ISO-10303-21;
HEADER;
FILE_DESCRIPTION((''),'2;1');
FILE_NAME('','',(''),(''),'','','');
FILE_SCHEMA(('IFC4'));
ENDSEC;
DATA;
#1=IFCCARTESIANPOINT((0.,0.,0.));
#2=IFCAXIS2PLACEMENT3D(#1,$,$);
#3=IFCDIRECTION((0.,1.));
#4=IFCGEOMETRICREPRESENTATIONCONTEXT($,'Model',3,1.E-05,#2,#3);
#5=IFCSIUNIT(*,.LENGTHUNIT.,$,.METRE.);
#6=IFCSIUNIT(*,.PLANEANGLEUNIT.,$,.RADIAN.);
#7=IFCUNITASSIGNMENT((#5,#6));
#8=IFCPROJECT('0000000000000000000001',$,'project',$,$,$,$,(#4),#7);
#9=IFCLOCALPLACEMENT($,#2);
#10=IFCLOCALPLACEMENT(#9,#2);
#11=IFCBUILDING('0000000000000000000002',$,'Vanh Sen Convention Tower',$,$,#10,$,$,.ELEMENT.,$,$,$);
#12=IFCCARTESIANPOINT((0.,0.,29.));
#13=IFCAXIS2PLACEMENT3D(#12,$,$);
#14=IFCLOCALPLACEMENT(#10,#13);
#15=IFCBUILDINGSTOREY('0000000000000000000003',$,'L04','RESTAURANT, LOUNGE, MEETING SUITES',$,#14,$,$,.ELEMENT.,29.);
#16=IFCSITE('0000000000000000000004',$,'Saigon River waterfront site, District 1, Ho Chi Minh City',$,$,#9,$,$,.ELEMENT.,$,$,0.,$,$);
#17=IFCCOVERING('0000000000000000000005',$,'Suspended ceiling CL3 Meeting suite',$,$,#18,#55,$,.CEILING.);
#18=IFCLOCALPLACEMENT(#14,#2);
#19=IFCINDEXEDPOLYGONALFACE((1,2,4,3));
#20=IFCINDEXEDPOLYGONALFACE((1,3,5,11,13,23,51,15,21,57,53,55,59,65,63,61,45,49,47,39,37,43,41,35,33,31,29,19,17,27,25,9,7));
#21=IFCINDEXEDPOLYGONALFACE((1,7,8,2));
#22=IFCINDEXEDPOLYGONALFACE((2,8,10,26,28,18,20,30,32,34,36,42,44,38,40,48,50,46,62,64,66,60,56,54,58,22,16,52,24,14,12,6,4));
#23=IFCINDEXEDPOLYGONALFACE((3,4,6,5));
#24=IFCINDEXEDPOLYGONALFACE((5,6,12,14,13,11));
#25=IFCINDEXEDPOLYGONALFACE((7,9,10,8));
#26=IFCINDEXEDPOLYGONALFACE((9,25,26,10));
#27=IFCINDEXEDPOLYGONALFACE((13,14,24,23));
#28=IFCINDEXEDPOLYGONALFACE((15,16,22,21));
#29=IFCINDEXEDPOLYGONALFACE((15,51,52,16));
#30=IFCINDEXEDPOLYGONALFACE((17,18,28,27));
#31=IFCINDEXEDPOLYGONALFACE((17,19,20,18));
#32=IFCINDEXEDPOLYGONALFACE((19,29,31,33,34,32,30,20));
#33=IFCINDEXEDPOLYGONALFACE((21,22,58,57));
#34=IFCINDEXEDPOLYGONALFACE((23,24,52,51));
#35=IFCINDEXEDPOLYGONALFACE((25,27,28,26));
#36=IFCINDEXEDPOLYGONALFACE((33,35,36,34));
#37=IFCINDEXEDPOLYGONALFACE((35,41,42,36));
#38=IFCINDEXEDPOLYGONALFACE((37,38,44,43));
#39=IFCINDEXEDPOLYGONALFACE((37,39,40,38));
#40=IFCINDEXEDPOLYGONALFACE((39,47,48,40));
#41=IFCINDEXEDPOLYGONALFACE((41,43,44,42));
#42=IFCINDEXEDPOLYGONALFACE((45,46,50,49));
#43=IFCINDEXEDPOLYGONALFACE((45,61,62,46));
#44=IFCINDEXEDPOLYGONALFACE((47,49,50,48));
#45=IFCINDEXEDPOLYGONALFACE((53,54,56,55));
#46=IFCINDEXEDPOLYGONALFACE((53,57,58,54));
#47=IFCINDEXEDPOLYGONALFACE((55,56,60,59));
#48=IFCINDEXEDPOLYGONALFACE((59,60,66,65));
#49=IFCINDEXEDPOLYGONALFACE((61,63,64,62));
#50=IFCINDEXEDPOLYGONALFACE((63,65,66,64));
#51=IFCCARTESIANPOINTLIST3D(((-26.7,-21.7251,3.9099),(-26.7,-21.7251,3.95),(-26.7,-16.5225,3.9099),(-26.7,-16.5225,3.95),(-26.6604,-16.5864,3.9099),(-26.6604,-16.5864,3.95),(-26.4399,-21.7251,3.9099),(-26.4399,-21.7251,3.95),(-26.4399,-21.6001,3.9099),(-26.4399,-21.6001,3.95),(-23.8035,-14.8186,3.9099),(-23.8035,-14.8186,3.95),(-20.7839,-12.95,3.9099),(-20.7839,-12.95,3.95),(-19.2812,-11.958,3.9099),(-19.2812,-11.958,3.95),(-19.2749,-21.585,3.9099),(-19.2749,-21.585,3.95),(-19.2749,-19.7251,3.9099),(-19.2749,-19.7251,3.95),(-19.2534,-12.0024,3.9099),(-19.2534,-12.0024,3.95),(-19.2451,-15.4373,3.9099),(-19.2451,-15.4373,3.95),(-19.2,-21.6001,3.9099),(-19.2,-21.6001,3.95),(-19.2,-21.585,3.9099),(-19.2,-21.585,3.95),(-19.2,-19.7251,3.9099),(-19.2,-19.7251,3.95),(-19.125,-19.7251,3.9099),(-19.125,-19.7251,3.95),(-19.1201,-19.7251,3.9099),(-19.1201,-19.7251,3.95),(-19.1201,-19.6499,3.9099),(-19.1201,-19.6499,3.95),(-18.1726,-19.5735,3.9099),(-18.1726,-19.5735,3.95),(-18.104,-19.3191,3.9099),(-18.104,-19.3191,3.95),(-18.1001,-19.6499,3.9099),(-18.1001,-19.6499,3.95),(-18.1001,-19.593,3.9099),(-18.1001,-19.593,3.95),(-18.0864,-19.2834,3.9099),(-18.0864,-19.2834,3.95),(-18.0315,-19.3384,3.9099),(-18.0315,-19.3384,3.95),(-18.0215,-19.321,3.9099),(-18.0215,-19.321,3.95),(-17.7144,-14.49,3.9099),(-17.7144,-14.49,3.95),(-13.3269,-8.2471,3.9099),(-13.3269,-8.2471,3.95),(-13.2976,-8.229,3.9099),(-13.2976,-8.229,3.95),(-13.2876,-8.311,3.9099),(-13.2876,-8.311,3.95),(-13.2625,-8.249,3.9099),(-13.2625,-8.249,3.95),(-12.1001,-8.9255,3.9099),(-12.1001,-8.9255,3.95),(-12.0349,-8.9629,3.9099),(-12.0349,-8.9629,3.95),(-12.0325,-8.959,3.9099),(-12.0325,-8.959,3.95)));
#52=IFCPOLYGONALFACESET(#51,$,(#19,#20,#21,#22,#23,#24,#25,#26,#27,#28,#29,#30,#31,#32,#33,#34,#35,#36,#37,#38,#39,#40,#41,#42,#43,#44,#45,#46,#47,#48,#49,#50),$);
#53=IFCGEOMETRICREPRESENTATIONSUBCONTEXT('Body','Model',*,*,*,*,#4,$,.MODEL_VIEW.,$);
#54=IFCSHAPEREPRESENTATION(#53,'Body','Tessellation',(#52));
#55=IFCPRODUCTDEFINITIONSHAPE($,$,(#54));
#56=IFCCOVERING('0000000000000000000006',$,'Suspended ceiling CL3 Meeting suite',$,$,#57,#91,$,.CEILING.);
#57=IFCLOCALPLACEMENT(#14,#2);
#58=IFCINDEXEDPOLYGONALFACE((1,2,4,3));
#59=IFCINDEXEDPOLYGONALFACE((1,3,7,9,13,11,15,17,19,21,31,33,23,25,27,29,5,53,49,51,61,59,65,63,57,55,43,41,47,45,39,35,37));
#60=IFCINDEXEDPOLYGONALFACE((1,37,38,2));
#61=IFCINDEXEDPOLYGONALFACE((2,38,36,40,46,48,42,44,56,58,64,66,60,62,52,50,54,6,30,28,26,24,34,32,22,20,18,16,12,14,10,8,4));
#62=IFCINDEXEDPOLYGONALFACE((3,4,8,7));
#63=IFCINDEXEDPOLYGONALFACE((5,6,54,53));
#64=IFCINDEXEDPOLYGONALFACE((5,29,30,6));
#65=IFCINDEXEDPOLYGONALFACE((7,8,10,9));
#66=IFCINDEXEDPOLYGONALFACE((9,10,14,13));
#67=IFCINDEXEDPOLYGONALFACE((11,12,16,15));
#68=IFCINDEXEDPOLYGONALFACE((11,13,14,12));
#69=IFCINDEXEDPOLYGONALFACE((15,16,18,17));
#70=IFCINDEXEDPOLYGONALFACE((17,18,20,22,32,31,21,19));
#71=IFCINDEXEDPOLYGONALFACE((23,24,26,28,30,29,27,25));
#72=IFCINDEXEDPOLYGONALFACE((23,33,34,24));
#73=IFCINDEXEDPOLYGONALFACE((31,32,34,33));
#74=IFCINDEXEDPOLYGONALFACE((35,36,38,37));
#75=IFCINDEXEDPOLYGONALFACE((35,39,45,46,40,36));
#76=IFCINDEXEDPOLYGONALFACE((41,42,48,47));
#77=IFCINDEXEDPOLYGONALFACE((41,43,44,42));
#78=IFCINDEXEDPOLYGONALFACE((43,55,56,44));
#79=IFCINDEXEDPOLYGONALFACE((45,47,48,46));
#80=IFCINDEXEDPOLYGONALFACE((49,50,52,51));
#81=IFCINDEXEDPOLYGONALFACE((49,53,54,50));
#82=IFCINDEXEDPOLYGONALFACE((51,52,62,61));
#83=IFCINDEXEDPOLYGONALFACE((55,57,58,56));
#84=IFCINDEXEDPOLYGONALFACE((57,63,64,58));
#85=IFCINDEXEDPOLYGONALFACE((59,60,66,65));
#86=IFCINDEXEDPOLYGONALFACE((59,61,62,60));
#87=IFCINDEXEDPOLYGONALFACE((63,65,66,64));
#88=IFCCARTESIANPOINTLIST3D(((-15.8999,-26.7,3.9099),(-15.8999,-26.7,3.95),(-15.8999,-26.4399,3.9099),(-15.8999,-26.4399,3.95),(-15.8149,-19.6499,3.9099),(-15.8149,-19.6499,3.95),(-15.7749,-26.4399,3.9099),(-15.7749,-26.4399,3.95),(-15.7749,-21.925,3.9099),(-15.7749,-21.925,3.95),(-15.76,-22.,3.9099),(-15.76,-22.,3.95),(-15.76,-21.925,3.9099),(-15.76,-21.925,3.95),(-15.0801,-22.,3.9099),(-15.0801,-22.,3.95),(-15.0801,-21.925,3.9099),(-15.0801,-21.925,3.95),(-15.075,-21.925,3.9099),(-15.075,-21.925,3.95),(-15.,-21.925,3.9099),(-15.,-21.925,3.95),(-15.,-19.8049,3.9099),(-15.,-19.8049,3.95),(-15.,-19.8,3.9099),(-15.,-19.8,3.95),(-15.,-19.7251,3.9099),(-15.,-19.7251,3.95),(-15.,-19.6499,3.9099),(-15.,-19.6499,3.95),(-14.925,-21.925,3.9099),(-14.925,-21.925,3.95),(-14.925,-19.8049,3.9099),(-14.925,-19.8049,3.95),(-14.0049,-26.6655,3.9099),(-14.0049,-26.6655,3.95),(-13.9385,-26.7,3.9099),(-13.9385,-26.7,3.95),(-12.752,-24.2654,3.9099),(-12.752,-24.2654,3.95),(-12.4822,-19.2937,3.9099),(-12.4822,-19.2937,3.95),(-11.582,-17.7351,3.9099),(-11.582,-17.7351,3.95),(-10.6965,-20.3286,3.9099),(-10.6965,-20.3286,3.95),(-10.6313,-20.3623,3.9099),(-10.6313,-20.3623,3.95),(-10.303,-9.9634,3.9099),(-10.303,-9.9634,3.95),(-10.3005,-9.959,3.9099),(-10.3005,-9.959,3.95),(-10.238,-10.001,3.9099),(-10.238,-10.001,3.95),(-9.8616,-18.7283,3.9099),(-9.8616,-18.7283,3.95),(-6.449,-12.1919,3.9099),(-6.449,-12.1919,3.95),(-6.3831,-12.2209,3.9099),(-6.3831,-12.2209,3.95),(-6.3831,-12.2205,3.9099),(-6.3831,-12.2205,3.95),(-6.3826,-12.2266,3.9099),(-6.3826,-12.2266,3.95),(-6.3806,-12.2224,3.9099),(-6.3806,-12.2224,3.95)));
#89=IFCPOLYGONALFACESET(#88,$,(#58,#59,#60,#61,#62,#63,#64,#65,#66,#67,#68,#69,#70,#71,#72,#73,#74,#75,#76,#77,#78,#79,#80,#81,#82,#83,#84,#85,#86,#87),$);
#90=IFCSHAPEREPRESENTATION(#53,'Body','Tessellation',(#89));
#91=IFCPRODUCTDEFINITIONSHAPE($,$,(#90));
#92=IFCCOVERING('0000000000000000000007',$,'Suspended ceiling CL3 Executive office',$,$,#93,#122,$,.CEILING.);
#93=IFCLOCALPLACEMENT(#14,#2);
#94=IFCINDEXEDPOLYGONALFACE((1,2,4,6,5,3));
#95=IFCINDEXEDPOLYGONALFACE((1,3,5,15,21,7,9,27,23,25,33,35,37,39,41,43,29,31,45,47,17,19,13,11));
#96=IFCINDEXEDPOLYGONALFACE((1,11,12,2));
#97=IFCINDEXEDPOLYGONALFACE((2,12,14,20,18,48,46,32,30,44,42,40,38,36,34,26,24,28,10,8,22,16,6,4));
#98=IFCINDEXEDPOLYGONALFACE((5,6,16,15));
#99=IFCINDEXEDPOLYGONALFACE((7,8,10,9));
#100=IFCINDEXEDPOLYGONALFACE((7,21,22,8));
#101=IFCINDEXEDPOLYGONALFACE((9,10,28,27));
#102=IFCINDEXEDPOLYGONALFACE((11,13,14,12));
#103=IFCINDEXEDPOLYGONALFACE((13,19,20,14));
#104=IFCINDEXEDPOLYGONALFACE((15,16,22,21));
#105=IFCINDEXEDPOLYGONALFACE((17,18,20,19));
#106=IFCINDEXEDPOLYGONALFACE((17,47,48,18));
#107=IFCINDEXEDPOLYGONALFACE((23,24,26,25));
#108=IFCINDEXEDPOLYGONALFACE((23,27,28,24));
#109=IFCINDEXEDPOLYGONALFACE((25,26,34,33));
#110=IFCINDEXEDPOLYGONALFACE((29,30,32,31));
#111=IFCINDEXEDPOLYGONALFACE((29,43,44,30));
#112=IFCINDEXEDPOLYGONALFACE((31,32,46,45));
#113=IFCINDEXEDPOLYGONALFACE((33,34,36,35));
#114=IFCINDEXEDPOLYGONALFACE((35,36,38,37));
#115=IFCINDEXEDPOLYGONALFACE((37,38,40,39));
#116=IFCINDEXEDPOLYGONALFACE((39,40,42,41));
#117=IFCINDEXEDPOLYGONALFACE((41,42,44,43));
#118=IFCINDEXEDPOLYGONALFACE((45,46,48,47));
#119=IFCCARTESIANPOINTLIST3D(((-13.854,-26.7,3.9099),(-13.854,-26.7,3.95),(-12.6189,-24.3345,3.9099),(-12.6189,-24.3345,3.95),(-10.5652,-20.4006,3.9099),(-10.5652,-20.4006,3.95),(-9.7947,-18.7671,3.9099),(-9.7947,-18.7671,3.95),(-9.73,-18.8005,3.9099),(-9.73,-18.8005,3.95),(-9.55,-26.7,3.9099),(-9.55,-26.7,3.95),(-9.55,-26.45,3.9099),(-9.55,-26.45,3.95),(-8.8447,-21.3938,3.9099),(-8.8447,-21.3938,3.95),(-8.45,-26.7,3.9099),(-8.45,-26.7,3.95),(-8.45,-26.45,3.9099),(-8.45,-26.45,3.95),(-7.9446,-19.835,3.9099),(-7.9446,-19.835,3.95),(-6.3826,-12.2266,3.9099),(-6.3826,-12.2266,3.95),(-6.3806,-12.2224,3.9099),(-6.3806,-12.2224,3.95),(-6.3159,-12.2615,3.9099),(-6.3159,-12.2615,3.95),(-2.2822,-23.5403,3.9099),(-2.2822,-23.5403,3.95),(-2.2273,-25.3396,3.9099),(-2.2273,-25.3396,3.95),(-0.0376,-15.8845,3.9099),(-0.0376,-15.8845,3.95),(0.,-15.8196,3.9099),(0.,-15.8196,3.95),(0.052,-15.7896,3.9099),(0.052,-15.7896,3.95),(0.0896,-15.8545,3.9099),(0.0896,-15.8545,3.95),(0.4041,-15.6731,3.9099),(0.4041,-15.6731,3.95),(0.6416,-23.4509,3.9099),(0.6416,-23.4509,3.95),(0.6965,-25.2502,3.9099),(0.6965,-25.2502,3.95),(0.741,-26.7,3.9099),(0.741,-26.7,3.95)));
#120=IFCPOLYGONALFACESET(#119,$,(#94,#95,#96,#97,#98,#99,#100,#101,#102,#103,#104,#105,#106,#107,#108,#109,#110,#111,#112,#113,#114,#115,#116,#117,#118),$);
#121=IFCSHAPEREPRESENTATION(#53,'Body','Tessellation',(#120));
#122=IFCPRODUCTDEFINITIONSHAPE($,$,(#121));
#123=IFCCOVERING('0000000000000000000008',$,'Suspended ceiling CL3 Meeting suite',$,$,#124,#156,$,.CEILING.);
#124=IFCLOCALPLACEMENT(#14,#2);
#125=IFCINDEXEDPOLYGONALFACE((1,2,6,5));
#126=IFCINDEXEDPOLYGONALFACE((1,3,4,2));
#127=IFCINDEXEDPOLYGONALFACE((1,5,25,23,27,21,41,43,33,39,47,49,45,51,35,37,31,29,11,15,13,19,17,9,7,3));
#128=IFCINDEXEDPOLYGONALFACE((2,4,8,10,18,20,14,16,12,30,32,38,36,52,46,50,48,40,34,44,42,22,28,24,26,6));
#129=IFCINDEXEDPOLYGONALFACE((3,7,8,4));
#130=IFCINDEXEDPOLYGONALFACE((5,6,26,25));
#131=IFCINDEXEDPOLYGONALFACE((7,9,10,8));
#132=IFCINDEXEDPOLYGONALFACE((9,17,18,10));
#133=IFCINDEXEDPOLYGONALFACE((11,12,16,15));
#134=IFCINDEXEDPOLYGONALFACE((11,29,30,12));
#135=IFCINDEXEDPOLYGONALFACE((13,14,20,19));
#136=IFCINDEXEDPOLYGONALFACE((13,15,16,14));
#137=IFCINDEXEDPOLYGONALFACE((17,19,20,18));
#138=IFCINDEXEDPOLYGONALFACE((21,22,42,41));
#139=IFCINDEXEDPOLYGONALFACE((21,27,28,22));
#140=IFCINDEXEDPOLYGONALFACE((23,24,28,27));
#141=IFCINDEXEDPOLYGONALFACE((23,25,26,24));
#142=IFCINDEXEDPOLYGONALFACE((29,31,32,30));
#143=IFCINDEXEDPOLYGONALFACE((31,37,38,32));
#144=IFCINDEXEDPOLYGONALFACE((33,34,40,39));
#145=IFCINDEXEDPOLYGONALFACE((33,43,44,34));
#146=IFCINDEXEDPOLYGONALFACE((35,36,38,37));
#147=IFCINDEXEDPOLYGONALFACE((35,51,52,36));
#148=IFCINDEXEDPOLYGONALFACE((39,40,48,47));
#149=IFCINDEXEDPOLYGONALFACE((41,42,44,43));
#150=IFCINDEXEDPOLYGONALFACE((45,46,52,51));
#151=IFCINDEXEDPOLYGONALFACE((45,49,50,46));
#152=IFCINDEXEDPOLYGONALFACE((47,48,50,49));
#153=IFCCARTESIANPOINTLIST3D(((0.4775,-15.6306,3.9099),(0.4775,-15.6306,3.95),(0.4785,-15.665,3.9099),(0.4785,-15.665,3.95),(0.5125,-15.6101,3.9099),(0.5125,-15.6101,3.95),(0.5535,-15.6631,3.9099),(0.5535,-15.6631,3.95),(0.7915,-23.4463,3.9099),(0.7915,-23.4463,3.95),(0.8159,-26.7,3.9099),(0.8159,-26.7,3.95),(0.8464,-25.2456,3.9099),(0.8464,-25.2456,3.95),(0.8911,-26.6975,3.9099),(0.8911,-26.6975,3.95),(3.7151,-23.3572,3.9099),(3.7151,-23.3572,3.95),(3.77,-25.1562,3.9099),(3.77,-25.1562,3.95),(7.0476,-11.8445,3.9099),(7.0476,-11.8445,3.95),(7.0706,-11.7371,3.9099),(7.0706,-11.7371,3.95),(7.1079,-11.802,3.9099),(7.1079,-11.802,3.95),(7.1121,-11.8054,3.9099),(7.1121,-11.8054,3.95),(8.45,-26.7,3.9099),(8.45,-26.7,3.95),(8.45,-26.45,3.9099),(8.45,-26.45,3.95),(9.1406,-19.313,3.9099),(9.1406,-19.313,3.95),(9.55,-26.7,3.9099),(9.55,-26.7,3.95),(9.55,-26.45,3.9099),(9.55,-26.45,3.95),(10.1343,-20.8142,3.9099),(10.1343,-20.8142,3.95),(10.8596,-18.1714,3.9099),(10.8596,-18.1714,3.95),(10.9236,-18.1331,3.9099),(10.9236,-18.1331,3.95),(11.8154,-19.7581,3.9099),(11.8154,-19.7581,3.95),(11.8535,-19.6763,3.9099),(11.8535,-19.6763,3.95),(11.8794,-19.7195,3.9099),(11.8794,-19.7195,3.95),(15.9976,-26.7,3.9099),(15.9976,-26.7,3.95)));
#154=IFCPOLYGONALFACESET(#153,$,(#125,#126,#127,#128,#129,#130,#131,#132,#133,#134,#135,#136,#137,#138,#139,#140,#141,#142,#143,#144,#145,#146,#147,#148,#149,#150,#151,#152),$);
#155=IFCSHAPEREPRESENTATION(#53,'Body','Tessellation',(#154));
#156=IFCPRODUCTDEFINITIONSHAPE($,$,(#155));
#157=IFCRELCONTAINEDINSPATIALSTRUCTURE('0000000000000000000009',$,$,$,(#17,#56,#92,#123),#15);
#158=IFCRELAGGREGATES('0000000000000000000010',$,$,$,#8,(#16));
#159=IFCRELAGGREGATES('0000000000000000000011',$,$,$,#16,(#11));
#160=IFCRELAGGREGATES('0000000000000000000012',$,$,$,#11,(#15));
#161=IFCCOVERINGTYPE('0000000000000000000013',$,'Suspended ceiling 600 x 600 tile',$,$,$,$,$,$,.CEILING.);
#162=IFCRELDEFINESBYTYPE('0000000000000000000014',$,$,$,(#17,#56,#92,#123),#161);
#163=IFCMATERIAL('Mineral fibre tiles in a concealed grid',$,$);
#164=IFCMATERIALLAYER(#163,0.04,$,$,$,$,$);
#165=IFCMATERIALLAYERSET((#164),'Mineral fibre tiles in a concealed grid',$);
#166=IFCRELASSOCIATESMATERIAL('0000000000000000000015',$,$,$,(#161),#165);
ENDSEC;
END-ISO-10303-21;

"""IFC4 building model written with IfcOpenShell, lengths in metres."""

from ifc_helpers import new_model, si_unit, direction, frame, origin, place, context, subcontext, project, spatial, polyline, outline, extrude, material, layer, layer_set, type_object, element, save


model = new_model("IFC4")

# Units and contexts
model_context = context("Model", 3, precision=1e-05, world=origin(), true_north=direction((0.0, 1.0)))
body_context = subcontext(model_context, "Body", "Model", "MODEL_VIEW")
ifc_project = project(units=[si_unit("LENGTHUNIT", "METRE"), si_unit("PLANEANGLEUNIT", "RADIAN")], contexts=[model_context])

# Site, building, storey
site_placement = place(None, origin())
site = spatial("IfcSite", under=ifc_project, at=site_placement, Name="Saigon River waterfront site, District 1, Ho Chi Minh City", CompositionType="ELEMENT", RefElevation=0.0)
building_placement = place(site_placement, origin())
building = spatial("IfcBuilding", under=site, at=building_placement, Name="Vanh Sen Convention Tower", CompositionType="ELEMENT")
storey_placement = place(building_placement, frame((0.0, 0.0, 29.0)))
storey = spatial("IfcBuildingStorey", under=building, at=storey_placement, Name="L04", Description="RESTAURANT, LOUNGE, MEETING SUITES", CompositionType="ELEMENT", Elevation=29.0)

# Coverings
ifc_material_1 = material(Name="Mineral fibre tiles in a concealed grid")
ifc_layer_1 = layer(ifc_material_1, 0.04)
ifc_layer_set_1 = layer_set([ifc_layer_1], Name="Mineral fibre tiles in a concealed grid")
covering_type = type_object("IfcCoveringType", Name="Suspended ceiling 600 x 600 tile", PredefinedType="CEILING", material=ifc_layer_set_1)
covering_1_placement = place(storey_placement, frame((0.0, 0.0, 3.9099)))
element("IfcCovering", 1, at=covering_1_placement, inside=storey, type_object=covering_type, Name="Suspended ceiling CL3 Meeting suite", PredefinedType="CEILING", context=body_context, shape_type="SweptSolid", body=[
    extrude(outline(polyline([(-26.4399, -21.6001), (-19.2, -21.6001), (-19.2, -21.585), (-19.2749, -21.585), (-19.2749, -19.7251), (-19.2, -19.7251), (-19.125, -19.7251), (-19.1201, -19.7251), (-19.1201, -19.6499), (-18.1001, -19.6499), (-18.1001, -19.593), (-18.1726, -19.5735), (-18.104, -19.3191), (-18.0315, -19.3384), (-18.0215, -19.321), (-18.0864, -19.2834), (-12.1001, -8.9255), (-12.0349, -8.9629), (-12.0325, -8.959), (-13.2625, -8.249), (-13.2976, -8.229), (-13.3269, -8.2471), (-13.2876, -8.311), (-19.2534, -12.0024), (-19.2812, -11.958), (-17.7144, -14.49), (-19.2451, -15.4373), (-20.7839, -12.95), (-23.8035, -14.8186), (-26.6604, -16.5864), (-26.7, -16.5225), (-26.7, -21.7251), (-26.4399, -21.7251), (-26.4399, -21.6001)])), origin(), (0.0, 0.0, 1.0), 0.04),
])
covering_2_placement = place(storey_placement, frame((0.0, 0.0, 3.9099)))
element("IfcCovering", 2, at=covering_2_placement, inside=storey, type_object=covering_type, Name="Suspended ceiling CL3 Meeting suite", PredefinedType="CEILING", context=body_context, shape_type="SweptSolid", body=[
    extrude(outline(polyline([(-15.0, -19.7251), (-15.0, -19.8), (-15.0, -19.8049), (-14.925, -19.8049), (-14.925, -21.925), (-15.0, -21.925), (-15.075, -21.925), (-15.0801, -21.925), (-15.0801, -22.0), (-15.76, -22.0), (-15.76, -21.925), (-15.7749, -21.925), (-15.7749, -26.4399), (-15.8999, -26.4399), (-15.8999, -26.7), (-13.9385, -26.7), (-14.0049, -26.6655), (-12.752, -24.2654), (-10.6965, -20.3286), (-10.6313, -20.3623), (-12.4822, -19.2937), (-11.582, -17.7351), (-9.8616, -18.7283), (-6.449, -12.1919), (-6.3826, -12.2266), (-6.3806, -12.2224), (-6.3831, -12.2209), (-6.3831, -12.2205), (-10.3005, -9.959), (-10.303, -9.9634), (-10.238, -10.001), (-15.8149, -19.6499), (-15.0, -19.6499), (-15.0, -19.7251)])), origin(), (0.0, 0.0, 1.0), 0.04),
])
covering_3_placement = place(storey_placement, frame((0.0, 0.0, 3.9099)))
element("IfcCovering", 3, at=covering_3_placement, inside=storey, type_object=covering_type, Name="Suspended ceiling CL3 Executive office", PredefinedType="CEILING", context=body_context, shape_type="SweptSolid", body=[
    extrude(outline(polyline([(0.0896, -15.8545), (0.052, -15.7896), (0.0, -15.8196), (-0.0376, -15.8845), (-6.3806, -12.2224), (-6.3826, -12.2266), (-6.3159, -12.2615), (-9.73, -18.8005), (-9.7947, -18.7671), (-7.9446, -19.835), (-8.8447, -21.3938), (-10.5652, -20.4006), (-12.6189, -24.3345), (-13.854, -26.7), (-9.55, -26.7), (-9.55, -26.45), (-8.45, -26.45), (-8.45, -26.7), (0.741, -26.7), (0.6965, -25.2502), (-2.2273, -25.3396), (-2.2822, -23.5403), (0.6416, -23.4509), (0.4041, -15.6731), (0.0896, -15.8545)])), origin(), (0.0, 0.0, 1.0), 0.04),
])
covering_4_placement = place(storey_placement, frame((0.0, 0.0, 3.9099)))
element("IfcCovering", 4, at=covering_4_placement, inside=storey, type_object=covering_type, Name="Suspended ceiling CL3 Meeting suite", PredefinedType="CEILING", context=body_context, shape_type="SweptSolid", body=[
    extrude(outline(polyline([(0.8911, -26.6975), (0.8159, -26.7), (8.45, -26.7), (8.45, -26.45), (9.55, -26.45), (9.55, -26.7), (15.9976, -26.7), (11.8154, -19.7581), (11.8794, -19.7195), (11.8535, -19.6763), (10.1343, -20.8142), (9.1406, -19.313), (10.9236, -18.1331), (10.9236, -18.1331), (10.8596, -18.1714), (7.0476, -11.8445), (7.1121, -11.8054), (7.0706, -11.7371), (7.1079, -11.802), (0.5125, -15.6101), (0.4775, -15.6306), (0.4785, -15.665), (0.5535, -15.6631), (0.7915, -23.4463), (3.7151, -23.3572), (3.77, -25.1562), (0.8464, -25.2456), (0.8911, -26.6975)])), origin(), (0.0, 0.0, 1.0), 0.04),
])

save(model, "model.ifc")
